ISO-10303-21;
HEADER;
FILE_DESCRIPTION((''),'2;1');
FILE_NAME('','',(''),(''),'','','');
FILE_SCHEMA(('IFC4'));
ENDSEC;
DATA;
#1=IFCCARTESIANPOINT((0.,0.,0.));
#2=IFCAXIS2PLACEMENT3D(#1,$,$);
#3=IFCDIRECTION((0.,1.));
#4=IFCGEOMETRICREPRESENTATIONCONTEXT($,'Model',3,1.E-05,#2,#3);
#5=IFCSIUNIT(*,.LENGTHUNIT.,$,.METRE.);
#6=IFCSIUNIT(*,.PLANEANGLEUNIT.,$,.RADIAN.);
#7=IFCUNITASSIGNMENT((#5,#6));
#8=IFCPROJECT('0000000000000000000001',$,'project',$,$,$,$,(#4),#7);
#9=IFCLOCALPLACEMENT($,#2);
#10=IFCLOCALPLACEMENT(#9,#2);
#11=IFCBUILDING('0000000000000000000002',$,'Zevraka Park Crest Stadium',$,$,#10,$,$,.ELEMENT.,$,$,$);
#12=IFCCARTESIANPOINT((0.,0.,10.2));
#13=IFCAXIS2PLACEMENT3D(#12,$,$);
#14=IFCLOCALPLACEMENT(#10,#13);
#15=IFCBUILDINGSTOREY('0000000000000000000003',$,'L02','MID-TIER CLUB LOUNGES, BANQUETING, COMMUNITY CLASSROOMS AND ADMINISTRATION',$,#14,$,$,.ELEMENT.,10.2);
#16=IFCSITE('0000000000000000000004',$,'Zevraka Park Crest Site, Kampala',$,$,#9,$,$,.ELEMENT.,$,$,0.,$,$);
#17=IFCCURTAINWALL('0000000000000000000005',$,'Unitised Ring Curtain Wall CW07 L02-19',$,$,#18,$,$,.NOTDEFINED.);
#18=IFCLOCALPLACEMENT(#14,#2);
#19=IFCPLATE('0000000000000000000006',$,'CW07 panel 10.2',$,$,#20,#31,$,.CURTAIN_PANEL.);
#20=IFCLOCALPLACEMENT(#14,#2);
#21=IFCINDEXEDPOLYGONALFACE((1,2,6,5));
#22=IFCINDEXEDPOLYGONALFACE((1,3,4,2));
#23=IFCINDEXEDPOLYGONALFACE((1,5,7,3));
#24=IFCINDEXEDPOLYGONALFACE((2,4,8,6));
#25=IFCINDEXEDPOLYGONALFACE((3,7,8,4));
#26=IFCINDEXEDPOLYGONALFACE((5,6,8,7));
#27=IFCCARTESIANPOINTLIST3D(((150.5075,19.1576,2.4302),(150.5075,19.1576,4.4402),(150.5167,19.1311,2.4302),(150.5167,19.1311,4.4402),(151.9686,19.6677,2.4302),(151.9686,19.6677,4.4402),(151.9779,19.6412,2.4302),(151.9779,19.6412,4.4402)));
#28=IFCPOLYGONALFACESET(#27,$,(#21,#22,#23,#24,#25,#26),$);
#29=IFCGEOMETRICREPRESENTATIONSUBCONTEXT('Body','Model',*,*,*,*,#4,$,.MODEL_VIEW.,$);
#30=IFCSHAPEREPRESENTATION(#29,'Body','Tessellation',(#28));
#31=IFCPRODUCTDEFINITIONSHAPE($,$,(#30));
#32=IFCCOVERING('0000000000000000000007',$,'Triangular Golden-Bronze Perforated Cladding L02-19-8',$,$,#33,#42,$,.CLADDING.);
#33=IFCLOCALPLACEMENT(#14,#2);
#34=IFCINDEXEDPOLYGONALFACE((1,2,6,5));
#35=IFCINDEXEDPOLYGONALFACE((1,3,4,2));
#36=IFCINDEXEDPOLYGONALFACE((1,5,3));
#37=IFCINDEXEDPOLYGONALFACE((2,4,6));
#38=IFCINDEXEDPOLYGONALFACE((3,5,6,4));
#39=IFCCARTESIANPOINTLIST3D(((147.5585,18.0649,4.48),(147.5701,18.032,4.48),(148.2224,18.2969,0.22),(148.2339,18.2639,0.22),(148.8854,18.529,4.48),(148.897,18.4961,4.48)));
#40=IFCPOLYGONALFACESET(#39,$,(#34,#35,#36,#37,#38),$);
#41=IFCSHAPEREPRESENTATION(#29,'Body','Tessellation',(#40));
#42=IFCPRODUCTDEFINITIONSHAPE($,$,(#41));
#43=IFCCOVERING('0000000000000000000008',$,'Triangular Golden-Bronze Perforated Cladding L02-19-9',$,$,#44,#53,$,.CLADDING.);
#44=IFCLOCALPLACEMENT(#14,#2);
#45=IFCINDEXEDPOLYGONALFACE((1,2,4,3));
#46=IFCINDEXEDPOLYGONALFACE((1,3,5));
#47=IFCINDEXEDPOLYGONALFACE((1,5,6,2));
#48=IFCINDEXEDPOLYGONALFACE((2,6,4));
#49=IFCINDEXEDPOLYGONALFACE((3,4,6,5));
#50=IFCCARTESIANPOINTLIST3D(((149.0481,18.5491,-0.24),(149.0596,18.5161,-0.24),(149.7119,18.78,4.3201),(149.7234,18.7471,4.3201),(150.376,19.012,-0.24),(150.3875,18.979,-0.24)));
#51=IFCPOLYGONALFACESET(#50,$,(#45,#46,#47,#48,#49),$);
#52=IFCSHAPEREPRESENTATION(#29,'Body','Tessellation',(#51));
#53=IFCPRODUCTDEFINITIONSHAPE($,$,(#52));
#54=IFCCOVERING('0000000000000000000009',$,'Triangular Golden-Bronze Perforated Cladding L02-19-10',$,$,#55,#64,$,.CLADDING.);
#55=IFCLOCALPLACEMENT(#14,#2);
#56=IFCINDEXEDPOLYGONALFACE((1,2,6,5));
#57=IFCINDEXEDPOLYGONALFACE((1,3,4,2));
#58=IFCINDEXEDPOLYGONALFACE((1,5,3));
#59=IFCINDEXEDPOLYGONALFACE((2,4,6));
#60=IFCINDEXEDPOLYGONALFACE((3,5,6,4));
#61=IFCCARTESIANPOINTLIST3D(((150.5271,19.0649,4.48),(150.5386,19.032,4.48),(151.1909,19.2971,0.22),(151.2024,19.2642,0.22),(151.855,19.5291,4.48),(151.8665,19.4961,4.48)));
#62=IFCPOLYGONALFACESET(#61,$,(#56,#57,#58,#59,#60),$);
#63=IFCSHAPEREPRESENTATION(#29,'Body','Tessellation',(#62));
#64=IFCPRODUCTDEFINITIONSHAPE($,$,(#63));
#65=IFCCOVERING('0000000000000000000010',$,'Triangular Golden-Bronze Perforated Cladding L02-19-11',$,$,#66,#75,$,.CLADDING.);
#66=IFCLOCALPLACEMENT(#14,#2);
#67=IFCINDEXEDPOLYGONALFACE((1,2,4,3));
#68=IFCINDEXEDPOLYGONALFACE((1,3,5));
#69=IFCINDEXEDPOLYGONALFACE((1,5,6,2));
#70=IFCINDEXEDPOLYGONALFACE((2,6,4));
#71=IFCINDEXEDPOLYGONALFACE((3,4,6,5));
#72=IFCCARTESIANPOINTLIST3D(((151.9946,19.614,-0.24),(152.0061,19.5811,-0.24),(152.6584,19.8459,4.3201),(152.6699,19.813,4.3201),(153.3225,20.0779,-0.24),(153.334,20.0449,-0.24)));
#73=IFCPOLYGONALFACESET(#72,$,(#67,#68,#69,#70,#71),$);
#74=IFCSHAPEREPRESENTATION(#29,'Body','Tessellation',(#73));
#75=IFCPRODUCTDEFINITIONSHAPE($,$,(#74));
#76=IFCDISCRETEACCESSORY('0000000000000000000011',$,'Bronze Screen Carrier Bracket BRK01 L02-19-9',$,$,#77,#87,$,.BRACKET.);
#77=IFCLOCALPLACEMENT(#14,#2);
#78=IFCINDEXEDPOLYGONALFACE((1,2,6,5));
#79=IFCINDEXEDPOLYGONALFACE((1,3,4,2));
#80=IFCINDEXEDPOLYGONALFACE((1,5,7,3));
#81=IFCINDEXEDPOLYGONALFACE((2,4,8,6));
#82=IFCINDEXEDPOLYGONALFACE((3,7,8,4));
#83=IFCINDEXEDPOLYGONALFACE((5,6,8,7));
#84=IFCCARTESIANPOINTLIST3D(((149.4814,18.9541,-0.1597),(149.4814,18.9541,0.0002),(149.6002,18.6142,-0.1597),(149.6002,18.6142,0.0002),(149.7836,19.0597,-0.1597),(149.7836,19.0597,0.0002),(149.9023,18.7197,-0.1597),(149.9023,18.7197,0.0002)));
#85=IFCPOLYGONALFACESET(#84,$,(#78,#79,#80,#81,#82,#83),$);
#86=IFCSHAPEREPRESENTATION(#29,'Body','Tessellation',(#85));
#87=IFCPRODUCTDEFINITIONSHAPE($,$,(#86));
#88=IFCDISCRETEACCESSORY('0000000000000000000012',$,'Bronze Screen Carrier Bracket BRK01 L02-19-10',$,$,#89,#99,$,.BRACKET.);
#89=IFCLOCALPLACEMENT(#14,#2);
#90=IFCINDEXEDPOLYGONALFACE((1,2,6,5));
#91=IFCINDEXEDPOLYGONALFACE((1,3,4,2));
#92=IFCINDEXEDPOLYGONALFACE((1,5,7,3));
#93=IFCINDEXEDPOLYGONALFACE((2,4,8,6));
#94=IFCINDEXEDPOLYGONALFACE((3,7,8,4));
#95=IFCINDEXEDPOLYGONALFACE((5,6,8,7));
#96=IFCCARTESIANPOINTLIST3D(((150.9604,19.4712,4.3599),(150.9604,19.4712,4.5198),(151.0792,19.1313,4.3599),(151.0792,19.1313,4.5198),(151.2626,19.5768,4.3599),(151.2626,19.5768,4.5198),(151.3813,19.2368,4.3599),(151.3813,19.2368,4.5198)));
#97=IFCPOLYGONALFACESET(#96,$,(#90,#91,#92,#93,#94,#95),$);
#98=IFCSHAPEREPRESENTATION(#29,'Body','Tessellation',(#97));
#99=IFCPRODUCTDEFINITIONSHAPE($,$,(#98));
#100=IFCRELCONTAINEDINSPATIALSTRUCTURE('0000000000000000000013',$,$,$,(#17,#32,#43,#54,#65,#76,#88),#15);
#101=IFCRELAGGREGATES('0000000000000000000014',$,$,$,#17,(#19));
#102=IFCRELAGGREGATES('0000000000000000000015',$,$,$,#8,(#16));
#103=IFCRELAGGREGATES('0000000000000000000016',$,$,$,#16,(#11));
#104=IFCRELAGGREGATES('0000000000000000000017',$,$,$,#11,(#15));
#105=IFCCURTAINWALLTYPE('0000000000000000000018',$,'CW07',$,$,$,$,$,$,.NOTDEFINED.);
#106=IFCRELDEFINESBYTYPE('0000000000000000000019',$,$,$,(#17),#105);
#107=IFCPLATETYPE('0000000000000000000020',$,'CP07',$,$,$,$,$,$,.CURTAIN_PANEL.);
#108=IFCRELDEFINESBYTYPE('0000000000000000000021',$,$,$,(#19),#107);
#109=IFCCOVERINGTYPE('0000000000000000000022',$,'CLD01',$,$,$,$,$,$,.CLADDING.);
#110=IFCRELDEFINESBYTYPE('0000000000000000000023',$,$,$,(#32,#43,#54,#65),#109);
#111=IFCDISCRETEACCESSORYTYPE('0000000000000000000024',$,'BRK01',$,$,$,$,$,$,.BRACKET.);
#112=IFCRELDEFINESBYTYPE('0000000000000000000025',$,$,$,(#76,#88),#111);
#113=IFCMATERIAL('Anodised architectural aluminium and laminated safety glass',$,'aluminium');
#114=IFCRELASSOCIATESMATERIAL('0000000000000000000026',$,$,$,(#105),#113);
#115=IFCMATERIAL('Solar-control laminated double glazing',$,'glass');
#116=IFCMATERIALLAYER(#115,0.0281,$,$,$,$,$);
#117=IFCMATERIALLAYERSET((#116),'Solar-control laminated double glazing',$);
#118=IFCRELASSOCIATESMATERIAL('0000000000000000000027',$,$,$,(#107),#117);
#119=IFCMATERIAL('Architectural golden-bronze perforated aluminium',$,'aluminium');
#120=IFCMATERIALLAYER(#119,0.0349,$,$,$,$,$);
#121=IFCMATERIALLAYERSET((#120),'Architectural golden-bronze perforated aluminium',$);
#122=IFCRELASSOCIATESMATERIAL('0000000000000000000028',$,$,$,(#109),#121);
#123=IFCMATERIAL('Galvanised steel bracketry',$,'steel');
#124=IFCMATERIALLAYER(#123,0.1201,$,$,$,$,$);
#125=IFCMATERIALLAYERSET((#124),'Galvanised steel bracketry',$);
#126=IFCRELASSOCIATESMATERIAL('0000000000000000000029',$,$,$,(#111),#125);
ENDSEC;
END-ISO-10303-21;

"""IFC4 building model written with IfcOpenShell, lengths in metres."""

from ifc_helpers import new_model, si_unit, direction, frame, origin, origin_2d, place, context, subcontext, project, spatial, polyline, rectangle, outline, extrude, material, layer, layer_set, type_object, element, aggregate, save


model = new_model("IFC4")

# Units and contexts
model_context = context("Model", 3, precision=1e-05, world=origin(), true_north=direction((0.0, 1.0)))
body_context = subcontext(model_context, "Body", "Model", "MODEL_VIEW")
ifc_project = project(units=[si_unit("LENGTHUNIT", "METRE"), si_unit("PLANEANGLEUNIT", "RADIAN")], contexts=[model_context])

# Site, building, storey
site_placement = place(None, origin())
site = spatial("IfcSite", under=ifc_project, at=site_placement, Name="Zevraka Park Crest Site, Kampala", CompositionType="ELEMENT", RefElevation=0.0)
building_placement = place(site_placement, origin())
building = spatial("IfcBuilding", under=site, at=building_placement, Name="Zevraka Park Crest Stadium", CompositionType="ELEMENT")
storey_placement = place(building_placement, frame((0.0, 0.0, 10.2)))
storey = spatial("IfcBuildingStorey", under=building, at=storey_placement, Name="L02", Description="MID-TIER CLUB LOUNGES, BANQUETING, COMMUNITY CLASSROOMS AND ADMINISTRATION", CompositionType="ELEMENT", Elevation=10.2)

# Curtain wall, plate
ifc_material_1 = material(Name="Anodised architectural aluminium and laminated safety glass", Category="aluminium")
curtain_wall_type = type_object("IfcCurtainWallType", Name="CW07", PredefinedType="NOTDEFINED", material=ifc_material_1)
curtain_wall_placement = place(storey_placement, origin())
curtain_wall = element("IfcCurtainWall", 1, at=curtain_wall_placement, inside=storey, type_object=curtain_wall_type, Name="Unitised Ring Curtain Wall CW07 L02-19", PredefinedType="NOTDEFINED")
ifc_material_2 = material(Name="Solar-control laminated double glazing", Category="glass")
ifc_layer_1 = layer(ifc_material_2, 0.0281)
ifc_layer_set_1 = layer_set([ifc_layer_1], Name="Solar-control laminated double glazing")
plate_type = type_object("IfcPlateType", Name="CP07", PredefinedType="CURTAIN_PANEL", material=ifc_layer_set_1)
plate_1_placement = place(storey_placement, frame((151.2427, 19.3994, 2.4302), z_axis=(0.0, 0.0, 1.0), x_axis=(0.944114, 0.329619, 0.0)))
plate_1 = element("IfcPlate", 2, at=plate_1_placement, type_object=plate_type, Name="CW07 panel 10.2", PredefinedType="CURTAIN_PANEL", context=body_context, shape_type="SweptSolid", body=[
    extrude(rectangle(XDim=1.5476, YDim=0.0281, at=origin_2d()), origin(), (0.0, 0.0, 1.0), 2.01),
])
aggregate(curtain_wall, [plate_1])

# Coverings
ifc_material_3 = material(Name="Architectural golden-bronze perforated aluminium", Category="aluminium")
ifc_layer_2 = layer(ifc_material_3, 0.0349)
ifc_layer_set_2 = layer_set([ifc_layer_2], Name="Architectural golden-bronze perforated aluminium")
covering_type = type_object("IfcCoveringType", Name="CLD01", PredefinedType="CLADDING", material=ifc_layer_set_2)
covering_1_placement = place(storey_placement, frame((148.897, 18.4961, 4.48), z_axis=(0.330157, -0.943926, 0.000055), x_axis=(-0.943926, -0.330157, 0.0)))
element("IfcCovering", 3, at=covering_1_placement, inside=storey, type_object=covering_type, Name="Triangular Golden-Bronze Perforated Cladding L02-19-8", PredefinedType="CLADDING", context=body_context, shape_type="SweptSolid", body=[
    extrude(outline(polyline([(0.0, 0.0), (1.4057, 0.0), (0.7026, 4.26), (0.0, 0.0)])), origin(), (0.0, 0.0, -1.0), 0.0349),
])
covering_2_placement = place(storey_placement, frame((149.0481, 18.5491, -0.24), z_axis=(-0.329167, 0.944272, 0.000092), x_axis=(0.944272, 0.329167, 0.0)))
element("IfcCovering", 4, at=covering_2_placement, inside=storey, type_object=covering_type, Name="Triangular Golden-Bronze Perforated Cladding L02-19-9", PredefinedType="CLADDING", context=body_context, shape_type="SweptSolid", body=[
    extrude(outline(polyline([(0.0, 0.0), (1.4062, 0.0), (0.7028, -4.5601), (0.0, 0.0)])), origin(), (0.0, 0.0, -1.0), 0.0349),
])
covering_3_placement = place(storey_placement, frame((151.855, 19.5291, 4.48), z_axis=(-0.329941, 0.944002, 0.000037), x_axis=(-0.944002, -0.329941, 0.0)))
element("IfcCovering", 5, at=covering_3_placement, inside=storey, type_object=covering_type, Name="Triangular Golden-Bronze Perforated Cladding L02-19-10", PredefinedType="CLADDING", context=body_context, shape_type="SweptSolid", body=[
    extrude(outline(polyline([(0.0, 0.0), (1.4067, 0.0), (0.7034, -4.26), (0.0, 0.0)])), origin(), (0.0, 0.0, -1.0), 0.0349),
])
covering_4_placement = place(storey_placement, frame((152.0061, 19.5811, -0.24), z_axis=(0.329786, -0.944056, 0.000009), x_axis=(0.944056, 0.329786, 0.0)))
element("IfcCovering", 6, at=covering_4_placement, inside=storey, type_object=covering_type, Name="Triangular Golden-Bronze Perforated Cladding L02-19-11", PredefinedType="CLADDING", context=body_context, shape_type="SweptSolid", body=[
    extrude(outline(polyline([(0.0, 0.0), (1.4066, 0.0), (0.7032, 4.5601), (0.0, 0.0)])), origin(), (0.0, 0.0, -1.0), 0.0349),
])

# Discrete accessories
ifc_material_4 = material(Name="Galvanised steel bracketry", Category="steel")
ifc_layer_3 = layer(ifc_material_4, 0.1201)
ifc_layer_set_3 = layer_set([ifc_layer_3], Name="Galvanised steel bracketry")
discrete_accessory_type = type_object("IfcDiscreteAccessoryType", Name="BRK01", PredefinedType="BRACKET", material=ifc_layer_set_3)
for number, where, z_axis, x_axis, name in (
    (7, (149.6919, 18.8369, -0.1597), (0.0, 0.0, 1.0), (0.944089, 0.329691, 0.0), "Bronze Screen Carrier Bracket BRK01 L02-19-9"),
    (8, (151.1709, 19.354, 4.3599), (0.0, 0.0, 1.0), (0.944089, 0.329691, 0.0), "Bronze Screen Carrier Bracket BRK01 L02-19-10"),
):
    element("IfcDiscreteAccessory", number, at=place(storey_placement, frame(where, z_axis=z_axis, x_axis=x_axis)), inside=storey, type_object=discrete_accessory_type, Name=name, PredefinedType="BRACKET", context=body_context, shape_type="SweptSolid", body=[
        extrude(rectangle(XDim=0.3201, YDim=0.3601, at=origin_2d()), origin(), (0.0, 0.0, 1.0), 0.1599),
    ])

save(model, "model.ifc")
